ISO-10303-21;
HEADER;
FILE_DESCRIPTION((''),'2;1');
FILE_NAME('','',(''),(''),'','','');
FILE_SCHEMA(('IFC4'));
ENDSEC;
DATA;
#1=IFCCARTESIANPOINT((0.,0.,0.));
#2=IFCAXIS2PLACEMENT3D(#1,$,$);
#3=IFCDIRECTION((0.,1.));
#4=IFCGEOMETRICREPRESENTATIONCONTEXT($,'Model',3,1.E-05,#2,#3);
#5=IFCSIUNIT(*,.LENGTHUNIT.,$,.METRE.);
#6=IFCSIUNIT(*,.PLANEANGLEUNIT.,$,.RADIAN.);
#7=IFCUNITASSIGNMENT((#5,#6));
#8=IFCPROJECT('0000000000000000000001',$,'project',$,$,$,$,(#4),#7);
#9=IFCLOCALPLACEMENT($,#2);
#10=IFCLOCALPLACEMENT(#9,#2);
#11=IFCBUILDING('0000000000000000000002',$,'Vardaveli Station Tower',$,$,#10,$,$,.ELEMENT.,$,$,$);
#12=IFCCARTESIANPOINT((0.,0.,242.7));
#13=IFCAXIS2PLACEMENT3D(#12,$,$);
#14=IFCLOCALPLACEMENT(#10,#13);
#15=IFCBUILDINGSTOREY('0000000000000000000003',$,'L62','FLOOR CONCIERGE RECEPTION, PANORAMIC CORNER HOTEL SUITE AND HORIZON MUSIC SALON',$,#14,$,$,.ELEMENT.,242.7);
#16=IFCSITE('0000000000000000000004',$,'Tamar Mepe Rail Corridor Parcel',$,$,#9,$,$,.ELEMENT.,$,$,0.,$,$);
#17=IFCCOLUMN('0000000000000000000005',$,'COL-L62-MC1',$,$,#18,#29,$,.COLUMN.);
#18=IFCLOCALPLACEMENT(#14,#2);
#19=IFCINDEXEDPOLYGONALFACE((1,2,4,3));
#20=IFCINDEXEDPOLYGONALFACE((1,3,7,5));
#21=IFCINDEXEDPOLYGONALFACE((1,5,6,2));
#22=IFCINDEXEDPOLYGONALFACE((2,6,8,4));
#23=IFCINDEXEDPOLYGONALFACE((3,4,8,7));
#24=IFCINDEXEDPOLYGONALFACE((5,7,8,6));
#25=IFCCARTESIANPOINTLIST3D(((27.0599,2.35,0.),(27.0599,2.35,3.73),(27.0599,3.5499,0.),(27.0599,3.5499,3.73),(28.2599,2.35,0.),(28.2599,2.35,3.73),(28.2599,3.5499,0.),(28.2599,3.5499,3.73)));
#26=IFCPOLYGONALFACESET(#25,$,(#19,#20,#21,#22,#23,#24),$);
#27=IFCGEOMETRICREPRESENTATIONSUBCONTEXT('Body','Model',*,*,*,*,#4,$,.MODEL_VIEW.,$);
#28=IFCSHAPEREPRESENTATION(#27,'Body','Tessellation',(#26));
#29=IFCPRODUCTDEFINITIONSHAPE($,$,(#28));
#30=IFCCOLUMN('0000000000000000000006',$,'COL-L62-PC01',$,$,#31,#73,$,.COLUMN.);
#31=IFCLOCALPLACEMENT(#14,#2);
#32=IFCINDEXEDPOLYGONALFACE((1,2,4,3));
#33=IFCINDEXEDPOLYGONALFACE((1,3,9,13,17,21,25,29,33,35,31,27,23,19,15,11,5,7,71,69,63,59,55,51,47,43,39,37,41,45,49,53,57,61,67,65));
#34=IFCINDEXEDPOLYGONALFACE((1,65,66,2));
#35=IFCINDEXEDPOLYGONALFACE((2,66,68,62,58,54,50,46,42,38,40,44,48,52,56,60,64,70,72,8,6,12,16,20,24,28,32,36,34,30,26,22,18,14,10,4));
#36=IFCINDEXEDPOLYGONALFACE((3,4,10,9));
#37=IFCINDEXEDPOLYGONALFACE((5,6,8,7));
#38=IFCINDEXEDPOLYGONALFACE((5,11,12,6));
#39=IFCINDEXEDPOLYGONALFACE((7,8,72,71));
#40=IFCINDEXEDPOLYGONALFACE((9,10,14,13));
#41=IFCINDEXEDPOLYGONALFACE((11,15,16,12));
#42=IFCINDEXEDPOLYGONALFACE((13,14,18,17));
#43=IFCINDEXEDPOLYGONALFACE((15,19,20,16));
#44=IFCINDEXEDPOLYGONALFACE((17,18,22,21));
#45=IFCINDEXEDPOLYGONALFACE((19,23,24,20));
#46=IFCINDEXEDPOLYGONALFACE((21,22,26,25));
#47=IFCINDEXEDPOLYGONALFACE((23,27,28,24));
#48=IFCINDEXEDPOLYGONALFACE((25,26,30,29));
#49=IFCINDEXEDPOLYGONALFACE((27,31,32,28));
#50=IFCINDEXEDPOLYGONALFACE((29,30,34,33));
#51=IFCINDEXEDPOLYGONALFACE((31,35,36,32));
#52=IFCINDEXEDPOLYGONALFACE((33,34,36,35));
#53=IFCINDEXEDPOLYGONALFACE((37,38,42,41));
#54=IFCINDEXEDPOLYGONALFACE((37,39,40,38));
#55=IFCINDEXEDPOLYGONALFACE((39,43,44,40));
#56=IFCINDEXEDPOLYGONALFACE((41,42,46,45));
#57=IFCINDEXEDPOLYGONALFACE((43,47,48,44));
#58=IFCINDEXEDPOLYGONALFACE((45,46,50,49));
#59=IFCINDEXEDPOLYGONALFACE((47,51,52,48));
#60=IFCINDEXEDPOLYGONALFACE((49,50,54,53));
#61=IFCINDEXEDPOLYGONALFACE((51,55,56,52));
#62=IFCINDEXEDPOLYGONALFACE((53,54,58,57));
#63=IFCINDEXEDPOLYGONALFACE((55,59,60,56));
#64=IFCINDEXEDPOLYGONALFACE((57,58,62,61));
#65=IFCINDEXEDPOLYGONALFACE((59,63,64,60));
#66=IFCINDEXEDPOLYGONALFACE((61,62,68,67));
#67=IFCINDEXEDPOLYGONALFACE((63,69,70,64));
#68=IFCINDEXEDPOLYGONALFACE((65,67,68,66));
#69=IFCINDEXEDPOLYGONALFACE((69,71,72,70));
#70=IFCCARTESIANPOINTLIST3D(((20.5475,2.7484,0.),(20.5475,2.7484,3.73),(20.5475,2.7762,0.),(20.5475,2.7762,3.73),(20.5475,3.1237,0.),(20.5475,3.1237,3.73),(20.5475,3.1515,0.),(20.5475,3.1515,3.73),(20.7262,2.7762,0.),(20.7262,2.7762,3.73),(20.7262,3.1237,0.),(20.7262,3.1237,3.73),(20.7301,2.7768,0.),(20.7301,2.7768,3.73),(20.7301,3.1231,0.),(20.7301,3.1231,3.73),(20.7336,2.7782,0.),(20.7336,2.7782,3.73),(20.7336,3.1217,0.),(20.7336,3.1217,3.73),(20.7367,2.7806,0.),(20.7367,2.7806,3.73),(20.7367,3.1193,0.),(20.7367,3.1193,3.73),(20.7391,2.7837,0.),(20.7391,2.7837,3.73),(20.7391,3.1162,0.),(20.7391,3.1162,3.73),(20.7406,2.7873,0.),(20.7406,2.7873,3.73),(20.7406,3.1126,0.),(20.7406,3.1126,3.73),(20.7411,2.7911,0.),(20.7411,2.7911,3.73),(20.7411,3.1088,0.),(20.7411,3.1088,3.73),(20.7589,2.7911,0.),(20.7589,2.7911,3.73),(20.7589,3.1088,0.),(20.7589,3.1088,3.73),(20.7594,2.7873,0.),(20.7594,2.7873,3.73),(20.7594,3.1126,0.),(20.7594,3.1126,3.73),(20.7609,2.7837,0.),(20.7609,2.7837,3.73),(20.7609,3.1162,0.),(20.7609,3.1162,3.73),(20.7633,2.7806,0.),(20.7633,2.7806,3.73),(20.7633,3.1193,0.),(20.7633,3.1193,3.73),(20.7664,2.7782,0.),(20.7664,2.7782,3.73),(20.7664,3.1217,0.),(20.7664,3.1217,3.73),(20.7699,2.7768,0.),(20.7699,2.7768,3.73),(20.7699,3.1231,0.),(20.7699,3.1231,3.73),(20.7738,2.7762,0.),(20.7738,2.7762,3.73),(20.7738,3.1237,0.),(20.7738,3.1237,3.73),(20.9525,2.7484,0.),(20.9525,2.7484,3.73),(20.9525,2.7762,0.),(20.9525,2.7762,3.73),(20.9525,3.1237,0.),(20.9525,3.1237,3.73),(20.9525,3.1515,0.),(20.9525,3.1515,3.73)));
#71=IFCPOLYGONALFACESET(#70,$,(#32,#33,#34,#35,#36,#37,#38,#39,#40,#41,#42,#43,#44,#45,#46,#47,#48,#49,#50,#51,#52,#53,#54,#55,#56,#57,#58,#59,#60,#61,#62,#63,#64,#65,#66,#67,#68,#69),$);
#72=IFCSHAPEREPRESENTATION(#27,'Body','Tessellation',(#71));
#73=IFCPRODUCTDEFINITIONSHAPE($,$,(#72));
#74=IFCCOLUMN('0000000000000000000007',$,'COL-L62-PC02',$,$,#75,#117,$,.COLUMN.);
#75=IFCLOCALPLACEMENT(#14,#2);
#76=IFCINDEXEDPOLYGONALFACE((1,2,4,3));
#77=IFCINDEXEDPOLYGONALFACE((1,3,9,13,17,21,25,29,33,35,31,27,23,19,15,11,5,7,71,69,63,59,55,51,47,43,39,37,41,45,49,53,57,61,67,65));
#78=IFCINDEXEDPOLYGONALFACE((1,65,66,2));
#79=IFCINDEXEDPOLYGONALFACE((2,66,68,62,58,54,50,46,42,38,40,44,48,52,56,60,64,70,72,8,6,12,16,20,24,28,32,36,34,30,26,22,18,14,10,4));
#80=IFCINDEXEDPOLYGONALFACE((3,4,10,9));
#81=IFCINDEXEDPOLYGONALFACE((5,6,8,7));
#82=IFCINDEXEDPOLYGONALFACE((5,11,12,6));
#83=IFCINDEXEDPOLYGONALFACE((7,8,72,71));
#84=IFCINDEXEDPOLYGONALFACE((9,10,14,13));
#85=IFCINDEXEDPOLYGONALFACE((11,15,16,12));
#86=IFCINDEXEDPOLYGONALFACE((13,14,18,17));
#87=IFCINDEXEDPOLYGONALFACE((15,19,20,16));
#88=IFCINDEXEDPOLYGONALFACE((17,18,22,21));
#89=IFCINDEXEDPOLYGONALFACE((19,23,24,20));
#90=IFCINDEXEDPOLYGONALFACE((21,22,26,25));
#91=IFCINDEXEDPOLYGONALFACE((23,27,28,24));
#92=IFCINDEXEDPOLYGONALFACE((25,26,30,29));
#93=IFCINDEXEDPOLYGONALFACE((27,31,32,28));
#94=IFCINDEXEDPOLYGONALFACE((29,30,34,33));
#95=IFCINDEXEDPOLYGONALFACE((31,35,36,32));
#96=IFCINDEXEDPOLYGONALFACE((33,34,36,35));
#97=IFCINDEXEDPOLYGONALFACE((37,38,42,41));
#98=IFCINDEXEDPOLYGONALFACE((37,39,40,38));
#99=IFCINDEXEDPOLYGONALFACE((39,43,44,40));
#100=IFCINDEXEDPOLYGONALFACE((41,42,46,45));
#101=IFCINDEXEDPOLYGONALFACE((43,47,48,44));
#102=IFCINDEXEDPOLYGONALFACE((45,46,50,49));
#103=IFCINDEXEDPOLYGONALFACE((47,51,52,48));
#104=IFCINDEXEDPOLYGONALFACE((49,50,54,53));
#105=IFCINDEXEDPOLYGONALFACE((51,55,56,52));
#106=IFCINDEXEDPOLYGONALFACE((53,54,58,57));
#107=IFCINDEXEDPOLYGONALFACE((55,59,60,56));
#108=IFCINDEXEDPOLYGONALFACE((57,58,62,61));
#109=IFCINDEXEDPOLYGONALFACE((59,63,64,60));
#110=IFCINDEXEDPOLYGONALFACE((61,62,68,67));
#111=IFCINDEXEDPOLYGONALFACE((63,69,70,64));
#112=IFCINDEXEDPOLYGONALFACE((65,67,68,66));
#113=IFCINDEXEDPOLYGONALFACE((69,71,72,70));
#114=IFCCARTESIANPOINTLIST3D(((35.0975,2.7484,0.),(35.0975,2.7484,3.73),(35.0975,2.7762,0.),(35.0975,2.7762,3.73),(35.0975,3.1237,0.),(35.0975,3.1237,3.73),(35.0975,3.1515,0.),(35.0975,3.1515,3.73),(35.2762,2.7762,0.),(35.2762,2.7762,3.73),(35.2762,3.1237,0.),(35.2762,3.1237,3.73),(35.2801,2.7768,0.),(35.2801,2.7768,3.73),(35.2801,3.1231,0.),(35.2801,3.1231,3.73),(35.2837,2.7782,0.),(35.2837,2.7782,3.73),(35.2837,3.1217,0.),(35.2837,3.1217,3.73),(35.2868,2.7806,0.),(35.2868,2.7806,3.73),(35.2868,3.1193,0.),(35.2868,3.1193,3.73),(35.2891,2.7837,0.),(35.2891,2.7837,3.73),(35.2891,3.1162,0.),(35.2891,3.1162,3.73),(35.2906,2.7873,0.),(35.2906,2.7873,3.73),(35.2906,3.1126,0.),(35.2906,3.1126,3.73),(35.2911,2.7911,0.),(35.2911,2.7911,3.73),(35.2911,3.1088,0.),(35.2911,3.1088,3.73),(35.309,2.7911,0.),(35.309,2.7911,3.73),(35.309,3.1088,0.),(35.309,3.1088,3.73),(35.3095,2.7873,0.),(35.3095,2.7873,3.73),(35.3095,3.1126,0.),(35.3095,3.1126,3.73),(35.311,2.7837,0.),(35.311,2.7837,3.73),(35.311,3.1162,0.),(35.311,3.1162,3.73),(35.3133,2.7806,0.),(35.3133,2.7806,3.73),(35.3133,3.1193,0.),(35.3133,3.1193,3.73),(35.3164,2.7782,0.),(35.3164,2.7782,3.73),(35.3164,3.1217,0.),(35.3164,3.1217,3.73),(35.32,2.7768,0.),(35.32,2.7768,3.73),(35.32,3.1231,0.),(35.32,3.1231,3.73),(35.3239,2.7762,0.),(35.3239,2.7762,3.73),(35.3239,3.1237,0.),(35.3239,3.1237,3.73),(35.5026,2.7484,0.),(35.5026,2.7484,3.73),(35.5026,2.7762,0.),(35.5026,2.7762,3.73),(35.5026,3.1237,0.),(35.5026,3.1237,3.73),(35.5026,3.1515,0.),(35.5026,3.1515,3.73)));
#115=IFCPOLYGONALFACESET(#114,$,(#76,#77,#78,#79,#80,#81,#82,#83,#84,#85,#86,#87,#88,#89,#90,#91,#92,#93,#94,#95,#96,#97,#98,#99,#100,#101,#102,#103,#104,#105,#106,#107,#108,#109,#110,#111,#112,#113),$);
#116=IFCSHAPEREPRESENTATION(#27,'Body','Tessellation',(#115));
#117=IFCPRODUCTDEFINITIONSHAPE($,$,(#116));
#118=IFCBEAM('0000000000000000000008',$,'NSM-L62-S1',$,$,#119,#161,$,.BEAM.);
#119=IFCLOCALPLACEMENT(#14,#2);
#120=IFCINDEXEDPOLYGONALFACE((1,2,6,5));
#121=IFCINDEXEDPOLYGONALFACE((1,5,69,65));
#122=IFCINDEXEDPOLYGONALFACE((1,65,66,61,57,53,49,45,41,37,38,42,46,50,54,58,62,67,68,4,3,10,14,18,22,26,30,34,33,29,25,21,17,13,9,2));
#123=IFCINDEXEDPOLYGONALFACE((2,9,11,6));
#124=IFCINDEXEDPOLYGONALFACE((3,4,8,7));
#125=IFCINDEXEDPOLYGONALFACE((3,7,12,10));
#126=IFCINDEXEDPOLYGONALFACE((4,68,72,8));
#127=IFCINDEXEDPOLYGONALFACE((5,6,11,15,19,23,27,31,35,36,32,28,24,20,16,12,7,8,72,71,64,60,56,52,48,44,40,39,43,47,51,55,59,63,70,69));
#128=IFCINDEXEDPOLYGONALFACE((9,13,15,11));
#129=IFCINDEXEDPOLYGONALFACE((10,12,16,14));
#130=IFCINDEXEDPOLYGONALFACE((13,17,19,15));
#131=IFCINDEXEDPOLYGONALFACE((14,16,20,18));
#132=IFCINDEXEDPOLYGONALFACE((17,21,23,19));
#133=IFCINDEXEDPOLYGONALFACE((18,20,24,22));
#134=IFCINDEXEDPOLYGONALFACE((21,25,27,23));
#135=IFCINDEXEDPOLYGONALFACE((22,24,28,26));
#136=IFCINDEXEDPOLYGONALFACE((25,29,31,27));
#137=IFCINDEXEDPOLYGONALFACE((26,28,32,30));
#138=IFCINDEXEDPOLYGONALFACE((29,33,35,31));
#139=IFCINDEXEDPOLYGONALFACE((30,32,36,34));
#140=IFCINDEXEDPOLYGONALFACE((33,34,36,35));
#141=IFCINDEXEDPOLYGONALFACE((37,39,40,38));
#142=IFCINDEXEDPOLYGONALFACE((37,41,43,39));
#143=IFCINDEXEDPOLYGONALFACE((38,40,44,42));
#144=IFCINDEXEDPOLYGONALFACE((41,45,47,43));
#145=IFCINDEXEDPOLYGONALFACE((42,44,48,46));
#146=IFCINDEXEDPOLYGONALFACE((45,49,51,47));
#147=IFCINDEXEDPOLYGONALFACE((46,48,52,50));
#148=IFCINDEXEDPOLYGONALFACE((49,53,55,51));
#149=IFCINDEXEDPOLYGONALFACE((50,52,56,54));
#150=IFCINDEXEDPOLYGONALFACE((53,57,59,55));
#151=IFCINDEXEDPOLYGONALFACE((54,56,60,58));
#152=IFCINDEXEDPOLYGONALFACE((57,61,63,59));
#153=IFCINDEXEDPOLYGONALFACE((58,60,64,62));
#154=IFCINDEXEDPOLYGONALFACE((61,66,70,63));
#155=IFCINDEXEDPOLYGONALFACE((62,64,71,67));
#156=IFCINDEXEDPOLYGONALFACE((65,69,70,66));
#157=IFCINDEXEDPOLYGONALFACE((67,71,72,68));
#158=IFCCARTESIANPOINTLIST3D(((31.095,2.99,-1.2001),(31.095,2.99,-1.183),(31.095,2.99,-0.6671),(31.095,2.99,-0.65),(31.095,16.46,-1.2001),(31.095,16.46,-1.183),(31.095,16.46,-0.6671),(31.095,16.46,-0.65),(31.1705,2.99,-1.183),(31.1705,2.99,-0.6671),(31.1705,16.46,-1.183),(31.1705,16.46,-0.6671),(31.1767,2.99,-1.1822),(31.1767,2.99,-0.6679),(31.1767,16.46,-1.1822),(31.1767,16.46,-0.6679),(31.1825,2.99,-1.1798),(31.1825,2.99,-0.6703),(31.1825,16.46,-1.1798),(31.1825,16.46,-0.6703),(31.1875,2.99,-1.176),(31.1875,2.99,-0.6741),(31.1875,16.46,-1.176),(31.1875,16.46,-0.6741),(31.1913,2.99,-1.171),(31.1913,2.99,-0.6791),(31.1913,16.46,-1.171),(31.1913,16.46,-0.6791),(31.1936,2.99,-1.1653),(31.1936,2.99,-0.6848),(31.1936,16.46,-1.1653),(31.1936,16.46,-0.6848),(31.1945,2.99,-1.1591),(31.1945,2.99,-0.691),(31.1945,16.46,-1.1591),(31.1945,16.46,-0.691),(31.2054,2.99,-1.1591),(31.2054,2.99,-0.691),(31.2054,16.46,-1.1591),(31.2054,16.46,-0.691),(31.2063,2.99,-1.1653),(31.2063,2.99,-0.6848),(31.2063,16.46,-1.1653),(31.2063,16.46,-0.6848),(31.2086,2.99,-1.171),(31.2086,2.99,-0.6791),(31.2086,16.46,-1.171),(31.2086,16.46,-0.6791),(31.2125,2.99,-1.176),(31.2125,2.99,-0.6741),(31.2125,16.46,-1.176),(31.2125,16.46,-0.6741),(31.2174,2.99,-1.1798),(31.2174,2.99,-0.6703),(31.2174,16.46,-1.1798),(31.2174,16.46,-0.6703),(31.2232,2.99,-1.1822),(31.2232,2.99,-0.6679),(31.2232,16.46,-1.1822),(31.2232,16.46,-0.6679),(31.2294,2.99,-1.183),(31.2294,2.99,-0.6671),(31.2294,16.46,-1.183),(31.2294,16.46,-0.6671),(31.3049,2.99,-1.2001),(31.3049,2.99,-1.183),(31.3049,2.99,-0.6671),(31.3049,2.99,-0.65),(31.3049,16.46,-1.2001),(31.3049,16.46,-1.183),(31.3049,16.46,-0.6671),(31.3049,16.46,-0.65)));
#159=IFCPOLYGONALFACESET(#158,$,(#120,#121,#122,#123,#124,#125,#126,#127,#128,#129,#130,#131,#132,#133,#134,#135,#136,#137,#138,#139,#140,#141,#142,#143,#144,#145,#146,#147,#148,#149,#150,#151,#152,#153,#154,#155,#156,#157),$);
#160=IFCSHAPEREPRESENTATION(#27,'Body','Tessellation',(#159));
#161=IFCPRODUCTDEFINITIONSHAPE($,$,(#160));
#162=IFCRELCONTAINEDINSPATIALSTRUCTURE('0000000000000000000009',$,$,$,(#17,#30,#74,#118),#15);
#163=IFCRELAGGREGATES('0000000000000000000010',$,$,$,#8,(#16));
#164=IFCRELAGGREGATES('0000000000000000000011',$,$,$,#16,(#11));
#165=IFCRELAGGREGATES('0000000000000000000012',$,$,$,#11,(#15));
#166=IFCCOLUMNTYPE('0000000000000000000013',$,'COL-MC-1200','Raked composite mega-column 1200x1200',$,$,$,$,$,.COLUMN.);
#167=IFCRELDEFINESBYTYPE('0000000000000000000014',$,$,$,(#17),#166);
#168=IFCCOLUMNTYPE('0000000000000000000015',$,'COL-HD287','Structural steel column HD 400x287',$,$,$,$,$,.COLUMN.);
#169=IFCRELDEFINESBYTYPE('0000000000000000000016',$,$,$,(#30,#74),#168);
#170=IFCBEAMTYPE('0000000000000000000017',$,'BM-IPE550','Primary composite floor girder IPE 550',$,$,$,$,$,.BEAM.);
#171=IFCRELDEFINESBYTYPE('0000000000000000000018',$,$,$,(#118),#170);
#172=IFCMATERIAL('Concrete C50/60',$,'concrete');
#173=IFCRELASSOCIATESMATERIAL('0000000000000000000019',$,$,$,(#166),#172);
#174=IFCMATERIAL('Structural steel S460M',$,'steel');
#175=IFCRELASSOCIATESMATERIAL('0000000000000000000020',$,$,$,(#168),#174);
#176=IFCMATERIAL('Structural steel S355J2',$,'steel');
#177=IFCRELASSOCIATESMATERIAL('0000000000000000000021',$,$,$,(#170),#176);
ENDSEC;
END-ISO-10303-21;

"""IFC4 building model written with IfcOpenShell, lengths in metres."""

from ifc_helpers import new_model, si_unit, direction, frame, origin, origin_2d, place, context, subcontext, project, spatial, rectangle, i_section, extrude, source, transform, mapped, material, material_profile, profile_set, type_object, element, save


model = new_model("IFC4")

# Units and contexts
model_context = context("Model", 3, precision=1e-05, world=origin(), true_north=direction((0.0, 1.0)))
body_context = subcontext(model_context, "Body", "Model", "MODEL_VIEW")
ifc_project = project(units=[si_unit("LENGTHUNIT", "METRE"), si_unit("PLANEANGLEUNIT", "RADIAN")], contexts=[model_context])

# Site, building, storey
site_placement = place(None, origin())
site = spatial("IfcSite", under=ifc_project, at=site_placement, Name="Tamar Mepe Rail Corridor Parcel", CompositionType="ELEMENT", RefElevation=0.0)
building_placement = place(site_placement, origin())
building = spatial("IfcBuilding", under=site, at=building_placement, Name="Vardaveli Station Tower", CompositionType="ELEMENT")
storey_placement = place(building_placement, frame((0.0, 0.0, 242.7)))
storey = spatial("IfcBuildingStorey", under=building, at=storey_placement, Name="L62", Description="FLOOR CONCIERGE RECEPTION, PANORAMIC CORNER HOTEL SUITE AND HORIZON MUSIC SALON", CompositionType="ELEMENT", Elevation=242.7)

# Columns
ifc_material_1 = material(Name="Concrete C50/60", Category="concrete")
ifc_material_profile_1 = material_profile(ifc_material_1, rectangle(XDim=1.2, YDim=1.2, at=origin_2d()), Name="MC 1200x1200")
ifc_profile_set_1 = profile_set([ifc_material_profile_1], Name="Concrete C50/60")
column_type_1 = type_object("IfcColumnType", Name="COL-MC-1200", Description="Raked composite mega-column 1200x1200", PredefinedType="COLUMN", material=ifc_profile_set_1)
shared_shape_1 = source(origin(), body_context, "Body", "SweptSolid", [
    extrude(rectangle(XDim=1.2, YDim=1.2, at=origin_2d()), origin(), (0.0, 0.0, 1.0), 3.73),
])
column_placement = place(storey_placement, frame((27.6599, 2.95, 0.0), z_axis=(0.0, 0.0, 1.0), x_axis=(1.0, 0.0, 0.0)))
element("IfcColumn", 1, at=column_placement, inside=storey, type_object=column_type_1, Name="COL-L62-MC1", PredefinedType="COLUMN", context=body_context, shape_type="MappedRepresentation", body=[
    mapped(shared_shape_1, transform((0.0, 0.0, 0.0), scale=1.0)),
])
ifc_material_2 = material(Name="Structural steel S460M", Category="steel")
ifc_material_profile_2 = material_profile(ifc_material_2, i_section(OverallWidth=0.405, OverallDepth=0.4031, WebThickness=0.0178, FlangeThickness=0.0278, FilletRadius=0.0149, at=origin_2d()), Name="HD 400x287")
ifc_profile_set_2 = profile_set([ifc_material_profile_2], Name="Structural steel S460M")
column_type_2 = type_object("IfcColumnType", Name="COL-HD287", Description="Structural steel column HD 400x287", PredefinedType="COLUMN", material=ifc_profile_set_2)
shared_shape_2 = source(origin(), body_context, "Body", "SweptSolid", [
    extrude(i_section(OverallWidth=0.405, OverallDepth=0.4031, WebThickness=0.0178, FlangeThickness=0.0278, FilletRadius=0.0149, at=origin_2d()), origin(), (0.0, 0.0, 1.0), 3.73),
])
for number, where, z_axis, x_axis, name in (
    (2, (20.75, 2.95, 0.0), (0.0, 0.0, 1.0), (1.0, 0.0, 0.0), "COL-L62-PC01"),
    (3, (35.3, 2.95, 0.0), (0.0, 0.0, 1.0), (1.0, 0.0, 0.0), "COL-L62-PC02"),
):
    element("IfcColumn", number, at=place(storey_placement, frame(where, z_axis=z_axis, x_axis=x_axis)), inside=storey, type_object=column_type_2, Name=name, PredefinedType="COLUMN", context=body_context, shape_type="MappedRepresentation", body=[
        mapped(shared_shape_2, transform((0.0, 0.0, 0.0), scale=1.0)),
    ])

# Beam
ifc_material_3 = material(Name="Structural steel S355J2", Category="steel")
ifc_material_profile_3 = material_profile(ifc_material_3, i_section(OverallWidth=0.21, OverallDepth=0.55, WebThickness=0.011, FlangeThickness=0.0171, FilletRadius=0.0239, at=origin_2d()), Name="IPE 550")
ifc_profile_set_3 = profile_set([ifc_material_profile_3], Name="Structural steel S355J2")
beam_type_1 = type_object("IfcBeamType", Name="BM-IPE550", Description="Primary composite floor girder IPE 550", PredefinedType="BEAM", material=ifc_profile_set_3)
shared_shape_3 = source(origin(), body_context, "Body", "SweptSolid", [
    extrude(i_section(OverallWidth=0.21, OverallDepth=0.55, WebThickness=0.011, FlangeThickness=0.0171, FilletRadius=0.0239, at=origin_2d()), origin(), (0.0, 0.0, 1.0), 13.47),
])
beam_1_placement = place(storey_placement, frame((31.2, 2.99, -0.925), z_axis=(0.0, 1.0, 0.0), x_axis=(-1.0, 0.0, 0.0)))
element("IfcBeam", 4, at=beam_1_placement, inside=storey, type_object=beam_type_1, Name="NSM-L62-S1", PredefinedType="BEAM", context=body_context, shape_type="MappedRepresentation", body=[
    mapped(shared_shape_3, transform((0.0, 0.0, 0.0), scale=1.0)),
])

save(model, "model.ifc")
